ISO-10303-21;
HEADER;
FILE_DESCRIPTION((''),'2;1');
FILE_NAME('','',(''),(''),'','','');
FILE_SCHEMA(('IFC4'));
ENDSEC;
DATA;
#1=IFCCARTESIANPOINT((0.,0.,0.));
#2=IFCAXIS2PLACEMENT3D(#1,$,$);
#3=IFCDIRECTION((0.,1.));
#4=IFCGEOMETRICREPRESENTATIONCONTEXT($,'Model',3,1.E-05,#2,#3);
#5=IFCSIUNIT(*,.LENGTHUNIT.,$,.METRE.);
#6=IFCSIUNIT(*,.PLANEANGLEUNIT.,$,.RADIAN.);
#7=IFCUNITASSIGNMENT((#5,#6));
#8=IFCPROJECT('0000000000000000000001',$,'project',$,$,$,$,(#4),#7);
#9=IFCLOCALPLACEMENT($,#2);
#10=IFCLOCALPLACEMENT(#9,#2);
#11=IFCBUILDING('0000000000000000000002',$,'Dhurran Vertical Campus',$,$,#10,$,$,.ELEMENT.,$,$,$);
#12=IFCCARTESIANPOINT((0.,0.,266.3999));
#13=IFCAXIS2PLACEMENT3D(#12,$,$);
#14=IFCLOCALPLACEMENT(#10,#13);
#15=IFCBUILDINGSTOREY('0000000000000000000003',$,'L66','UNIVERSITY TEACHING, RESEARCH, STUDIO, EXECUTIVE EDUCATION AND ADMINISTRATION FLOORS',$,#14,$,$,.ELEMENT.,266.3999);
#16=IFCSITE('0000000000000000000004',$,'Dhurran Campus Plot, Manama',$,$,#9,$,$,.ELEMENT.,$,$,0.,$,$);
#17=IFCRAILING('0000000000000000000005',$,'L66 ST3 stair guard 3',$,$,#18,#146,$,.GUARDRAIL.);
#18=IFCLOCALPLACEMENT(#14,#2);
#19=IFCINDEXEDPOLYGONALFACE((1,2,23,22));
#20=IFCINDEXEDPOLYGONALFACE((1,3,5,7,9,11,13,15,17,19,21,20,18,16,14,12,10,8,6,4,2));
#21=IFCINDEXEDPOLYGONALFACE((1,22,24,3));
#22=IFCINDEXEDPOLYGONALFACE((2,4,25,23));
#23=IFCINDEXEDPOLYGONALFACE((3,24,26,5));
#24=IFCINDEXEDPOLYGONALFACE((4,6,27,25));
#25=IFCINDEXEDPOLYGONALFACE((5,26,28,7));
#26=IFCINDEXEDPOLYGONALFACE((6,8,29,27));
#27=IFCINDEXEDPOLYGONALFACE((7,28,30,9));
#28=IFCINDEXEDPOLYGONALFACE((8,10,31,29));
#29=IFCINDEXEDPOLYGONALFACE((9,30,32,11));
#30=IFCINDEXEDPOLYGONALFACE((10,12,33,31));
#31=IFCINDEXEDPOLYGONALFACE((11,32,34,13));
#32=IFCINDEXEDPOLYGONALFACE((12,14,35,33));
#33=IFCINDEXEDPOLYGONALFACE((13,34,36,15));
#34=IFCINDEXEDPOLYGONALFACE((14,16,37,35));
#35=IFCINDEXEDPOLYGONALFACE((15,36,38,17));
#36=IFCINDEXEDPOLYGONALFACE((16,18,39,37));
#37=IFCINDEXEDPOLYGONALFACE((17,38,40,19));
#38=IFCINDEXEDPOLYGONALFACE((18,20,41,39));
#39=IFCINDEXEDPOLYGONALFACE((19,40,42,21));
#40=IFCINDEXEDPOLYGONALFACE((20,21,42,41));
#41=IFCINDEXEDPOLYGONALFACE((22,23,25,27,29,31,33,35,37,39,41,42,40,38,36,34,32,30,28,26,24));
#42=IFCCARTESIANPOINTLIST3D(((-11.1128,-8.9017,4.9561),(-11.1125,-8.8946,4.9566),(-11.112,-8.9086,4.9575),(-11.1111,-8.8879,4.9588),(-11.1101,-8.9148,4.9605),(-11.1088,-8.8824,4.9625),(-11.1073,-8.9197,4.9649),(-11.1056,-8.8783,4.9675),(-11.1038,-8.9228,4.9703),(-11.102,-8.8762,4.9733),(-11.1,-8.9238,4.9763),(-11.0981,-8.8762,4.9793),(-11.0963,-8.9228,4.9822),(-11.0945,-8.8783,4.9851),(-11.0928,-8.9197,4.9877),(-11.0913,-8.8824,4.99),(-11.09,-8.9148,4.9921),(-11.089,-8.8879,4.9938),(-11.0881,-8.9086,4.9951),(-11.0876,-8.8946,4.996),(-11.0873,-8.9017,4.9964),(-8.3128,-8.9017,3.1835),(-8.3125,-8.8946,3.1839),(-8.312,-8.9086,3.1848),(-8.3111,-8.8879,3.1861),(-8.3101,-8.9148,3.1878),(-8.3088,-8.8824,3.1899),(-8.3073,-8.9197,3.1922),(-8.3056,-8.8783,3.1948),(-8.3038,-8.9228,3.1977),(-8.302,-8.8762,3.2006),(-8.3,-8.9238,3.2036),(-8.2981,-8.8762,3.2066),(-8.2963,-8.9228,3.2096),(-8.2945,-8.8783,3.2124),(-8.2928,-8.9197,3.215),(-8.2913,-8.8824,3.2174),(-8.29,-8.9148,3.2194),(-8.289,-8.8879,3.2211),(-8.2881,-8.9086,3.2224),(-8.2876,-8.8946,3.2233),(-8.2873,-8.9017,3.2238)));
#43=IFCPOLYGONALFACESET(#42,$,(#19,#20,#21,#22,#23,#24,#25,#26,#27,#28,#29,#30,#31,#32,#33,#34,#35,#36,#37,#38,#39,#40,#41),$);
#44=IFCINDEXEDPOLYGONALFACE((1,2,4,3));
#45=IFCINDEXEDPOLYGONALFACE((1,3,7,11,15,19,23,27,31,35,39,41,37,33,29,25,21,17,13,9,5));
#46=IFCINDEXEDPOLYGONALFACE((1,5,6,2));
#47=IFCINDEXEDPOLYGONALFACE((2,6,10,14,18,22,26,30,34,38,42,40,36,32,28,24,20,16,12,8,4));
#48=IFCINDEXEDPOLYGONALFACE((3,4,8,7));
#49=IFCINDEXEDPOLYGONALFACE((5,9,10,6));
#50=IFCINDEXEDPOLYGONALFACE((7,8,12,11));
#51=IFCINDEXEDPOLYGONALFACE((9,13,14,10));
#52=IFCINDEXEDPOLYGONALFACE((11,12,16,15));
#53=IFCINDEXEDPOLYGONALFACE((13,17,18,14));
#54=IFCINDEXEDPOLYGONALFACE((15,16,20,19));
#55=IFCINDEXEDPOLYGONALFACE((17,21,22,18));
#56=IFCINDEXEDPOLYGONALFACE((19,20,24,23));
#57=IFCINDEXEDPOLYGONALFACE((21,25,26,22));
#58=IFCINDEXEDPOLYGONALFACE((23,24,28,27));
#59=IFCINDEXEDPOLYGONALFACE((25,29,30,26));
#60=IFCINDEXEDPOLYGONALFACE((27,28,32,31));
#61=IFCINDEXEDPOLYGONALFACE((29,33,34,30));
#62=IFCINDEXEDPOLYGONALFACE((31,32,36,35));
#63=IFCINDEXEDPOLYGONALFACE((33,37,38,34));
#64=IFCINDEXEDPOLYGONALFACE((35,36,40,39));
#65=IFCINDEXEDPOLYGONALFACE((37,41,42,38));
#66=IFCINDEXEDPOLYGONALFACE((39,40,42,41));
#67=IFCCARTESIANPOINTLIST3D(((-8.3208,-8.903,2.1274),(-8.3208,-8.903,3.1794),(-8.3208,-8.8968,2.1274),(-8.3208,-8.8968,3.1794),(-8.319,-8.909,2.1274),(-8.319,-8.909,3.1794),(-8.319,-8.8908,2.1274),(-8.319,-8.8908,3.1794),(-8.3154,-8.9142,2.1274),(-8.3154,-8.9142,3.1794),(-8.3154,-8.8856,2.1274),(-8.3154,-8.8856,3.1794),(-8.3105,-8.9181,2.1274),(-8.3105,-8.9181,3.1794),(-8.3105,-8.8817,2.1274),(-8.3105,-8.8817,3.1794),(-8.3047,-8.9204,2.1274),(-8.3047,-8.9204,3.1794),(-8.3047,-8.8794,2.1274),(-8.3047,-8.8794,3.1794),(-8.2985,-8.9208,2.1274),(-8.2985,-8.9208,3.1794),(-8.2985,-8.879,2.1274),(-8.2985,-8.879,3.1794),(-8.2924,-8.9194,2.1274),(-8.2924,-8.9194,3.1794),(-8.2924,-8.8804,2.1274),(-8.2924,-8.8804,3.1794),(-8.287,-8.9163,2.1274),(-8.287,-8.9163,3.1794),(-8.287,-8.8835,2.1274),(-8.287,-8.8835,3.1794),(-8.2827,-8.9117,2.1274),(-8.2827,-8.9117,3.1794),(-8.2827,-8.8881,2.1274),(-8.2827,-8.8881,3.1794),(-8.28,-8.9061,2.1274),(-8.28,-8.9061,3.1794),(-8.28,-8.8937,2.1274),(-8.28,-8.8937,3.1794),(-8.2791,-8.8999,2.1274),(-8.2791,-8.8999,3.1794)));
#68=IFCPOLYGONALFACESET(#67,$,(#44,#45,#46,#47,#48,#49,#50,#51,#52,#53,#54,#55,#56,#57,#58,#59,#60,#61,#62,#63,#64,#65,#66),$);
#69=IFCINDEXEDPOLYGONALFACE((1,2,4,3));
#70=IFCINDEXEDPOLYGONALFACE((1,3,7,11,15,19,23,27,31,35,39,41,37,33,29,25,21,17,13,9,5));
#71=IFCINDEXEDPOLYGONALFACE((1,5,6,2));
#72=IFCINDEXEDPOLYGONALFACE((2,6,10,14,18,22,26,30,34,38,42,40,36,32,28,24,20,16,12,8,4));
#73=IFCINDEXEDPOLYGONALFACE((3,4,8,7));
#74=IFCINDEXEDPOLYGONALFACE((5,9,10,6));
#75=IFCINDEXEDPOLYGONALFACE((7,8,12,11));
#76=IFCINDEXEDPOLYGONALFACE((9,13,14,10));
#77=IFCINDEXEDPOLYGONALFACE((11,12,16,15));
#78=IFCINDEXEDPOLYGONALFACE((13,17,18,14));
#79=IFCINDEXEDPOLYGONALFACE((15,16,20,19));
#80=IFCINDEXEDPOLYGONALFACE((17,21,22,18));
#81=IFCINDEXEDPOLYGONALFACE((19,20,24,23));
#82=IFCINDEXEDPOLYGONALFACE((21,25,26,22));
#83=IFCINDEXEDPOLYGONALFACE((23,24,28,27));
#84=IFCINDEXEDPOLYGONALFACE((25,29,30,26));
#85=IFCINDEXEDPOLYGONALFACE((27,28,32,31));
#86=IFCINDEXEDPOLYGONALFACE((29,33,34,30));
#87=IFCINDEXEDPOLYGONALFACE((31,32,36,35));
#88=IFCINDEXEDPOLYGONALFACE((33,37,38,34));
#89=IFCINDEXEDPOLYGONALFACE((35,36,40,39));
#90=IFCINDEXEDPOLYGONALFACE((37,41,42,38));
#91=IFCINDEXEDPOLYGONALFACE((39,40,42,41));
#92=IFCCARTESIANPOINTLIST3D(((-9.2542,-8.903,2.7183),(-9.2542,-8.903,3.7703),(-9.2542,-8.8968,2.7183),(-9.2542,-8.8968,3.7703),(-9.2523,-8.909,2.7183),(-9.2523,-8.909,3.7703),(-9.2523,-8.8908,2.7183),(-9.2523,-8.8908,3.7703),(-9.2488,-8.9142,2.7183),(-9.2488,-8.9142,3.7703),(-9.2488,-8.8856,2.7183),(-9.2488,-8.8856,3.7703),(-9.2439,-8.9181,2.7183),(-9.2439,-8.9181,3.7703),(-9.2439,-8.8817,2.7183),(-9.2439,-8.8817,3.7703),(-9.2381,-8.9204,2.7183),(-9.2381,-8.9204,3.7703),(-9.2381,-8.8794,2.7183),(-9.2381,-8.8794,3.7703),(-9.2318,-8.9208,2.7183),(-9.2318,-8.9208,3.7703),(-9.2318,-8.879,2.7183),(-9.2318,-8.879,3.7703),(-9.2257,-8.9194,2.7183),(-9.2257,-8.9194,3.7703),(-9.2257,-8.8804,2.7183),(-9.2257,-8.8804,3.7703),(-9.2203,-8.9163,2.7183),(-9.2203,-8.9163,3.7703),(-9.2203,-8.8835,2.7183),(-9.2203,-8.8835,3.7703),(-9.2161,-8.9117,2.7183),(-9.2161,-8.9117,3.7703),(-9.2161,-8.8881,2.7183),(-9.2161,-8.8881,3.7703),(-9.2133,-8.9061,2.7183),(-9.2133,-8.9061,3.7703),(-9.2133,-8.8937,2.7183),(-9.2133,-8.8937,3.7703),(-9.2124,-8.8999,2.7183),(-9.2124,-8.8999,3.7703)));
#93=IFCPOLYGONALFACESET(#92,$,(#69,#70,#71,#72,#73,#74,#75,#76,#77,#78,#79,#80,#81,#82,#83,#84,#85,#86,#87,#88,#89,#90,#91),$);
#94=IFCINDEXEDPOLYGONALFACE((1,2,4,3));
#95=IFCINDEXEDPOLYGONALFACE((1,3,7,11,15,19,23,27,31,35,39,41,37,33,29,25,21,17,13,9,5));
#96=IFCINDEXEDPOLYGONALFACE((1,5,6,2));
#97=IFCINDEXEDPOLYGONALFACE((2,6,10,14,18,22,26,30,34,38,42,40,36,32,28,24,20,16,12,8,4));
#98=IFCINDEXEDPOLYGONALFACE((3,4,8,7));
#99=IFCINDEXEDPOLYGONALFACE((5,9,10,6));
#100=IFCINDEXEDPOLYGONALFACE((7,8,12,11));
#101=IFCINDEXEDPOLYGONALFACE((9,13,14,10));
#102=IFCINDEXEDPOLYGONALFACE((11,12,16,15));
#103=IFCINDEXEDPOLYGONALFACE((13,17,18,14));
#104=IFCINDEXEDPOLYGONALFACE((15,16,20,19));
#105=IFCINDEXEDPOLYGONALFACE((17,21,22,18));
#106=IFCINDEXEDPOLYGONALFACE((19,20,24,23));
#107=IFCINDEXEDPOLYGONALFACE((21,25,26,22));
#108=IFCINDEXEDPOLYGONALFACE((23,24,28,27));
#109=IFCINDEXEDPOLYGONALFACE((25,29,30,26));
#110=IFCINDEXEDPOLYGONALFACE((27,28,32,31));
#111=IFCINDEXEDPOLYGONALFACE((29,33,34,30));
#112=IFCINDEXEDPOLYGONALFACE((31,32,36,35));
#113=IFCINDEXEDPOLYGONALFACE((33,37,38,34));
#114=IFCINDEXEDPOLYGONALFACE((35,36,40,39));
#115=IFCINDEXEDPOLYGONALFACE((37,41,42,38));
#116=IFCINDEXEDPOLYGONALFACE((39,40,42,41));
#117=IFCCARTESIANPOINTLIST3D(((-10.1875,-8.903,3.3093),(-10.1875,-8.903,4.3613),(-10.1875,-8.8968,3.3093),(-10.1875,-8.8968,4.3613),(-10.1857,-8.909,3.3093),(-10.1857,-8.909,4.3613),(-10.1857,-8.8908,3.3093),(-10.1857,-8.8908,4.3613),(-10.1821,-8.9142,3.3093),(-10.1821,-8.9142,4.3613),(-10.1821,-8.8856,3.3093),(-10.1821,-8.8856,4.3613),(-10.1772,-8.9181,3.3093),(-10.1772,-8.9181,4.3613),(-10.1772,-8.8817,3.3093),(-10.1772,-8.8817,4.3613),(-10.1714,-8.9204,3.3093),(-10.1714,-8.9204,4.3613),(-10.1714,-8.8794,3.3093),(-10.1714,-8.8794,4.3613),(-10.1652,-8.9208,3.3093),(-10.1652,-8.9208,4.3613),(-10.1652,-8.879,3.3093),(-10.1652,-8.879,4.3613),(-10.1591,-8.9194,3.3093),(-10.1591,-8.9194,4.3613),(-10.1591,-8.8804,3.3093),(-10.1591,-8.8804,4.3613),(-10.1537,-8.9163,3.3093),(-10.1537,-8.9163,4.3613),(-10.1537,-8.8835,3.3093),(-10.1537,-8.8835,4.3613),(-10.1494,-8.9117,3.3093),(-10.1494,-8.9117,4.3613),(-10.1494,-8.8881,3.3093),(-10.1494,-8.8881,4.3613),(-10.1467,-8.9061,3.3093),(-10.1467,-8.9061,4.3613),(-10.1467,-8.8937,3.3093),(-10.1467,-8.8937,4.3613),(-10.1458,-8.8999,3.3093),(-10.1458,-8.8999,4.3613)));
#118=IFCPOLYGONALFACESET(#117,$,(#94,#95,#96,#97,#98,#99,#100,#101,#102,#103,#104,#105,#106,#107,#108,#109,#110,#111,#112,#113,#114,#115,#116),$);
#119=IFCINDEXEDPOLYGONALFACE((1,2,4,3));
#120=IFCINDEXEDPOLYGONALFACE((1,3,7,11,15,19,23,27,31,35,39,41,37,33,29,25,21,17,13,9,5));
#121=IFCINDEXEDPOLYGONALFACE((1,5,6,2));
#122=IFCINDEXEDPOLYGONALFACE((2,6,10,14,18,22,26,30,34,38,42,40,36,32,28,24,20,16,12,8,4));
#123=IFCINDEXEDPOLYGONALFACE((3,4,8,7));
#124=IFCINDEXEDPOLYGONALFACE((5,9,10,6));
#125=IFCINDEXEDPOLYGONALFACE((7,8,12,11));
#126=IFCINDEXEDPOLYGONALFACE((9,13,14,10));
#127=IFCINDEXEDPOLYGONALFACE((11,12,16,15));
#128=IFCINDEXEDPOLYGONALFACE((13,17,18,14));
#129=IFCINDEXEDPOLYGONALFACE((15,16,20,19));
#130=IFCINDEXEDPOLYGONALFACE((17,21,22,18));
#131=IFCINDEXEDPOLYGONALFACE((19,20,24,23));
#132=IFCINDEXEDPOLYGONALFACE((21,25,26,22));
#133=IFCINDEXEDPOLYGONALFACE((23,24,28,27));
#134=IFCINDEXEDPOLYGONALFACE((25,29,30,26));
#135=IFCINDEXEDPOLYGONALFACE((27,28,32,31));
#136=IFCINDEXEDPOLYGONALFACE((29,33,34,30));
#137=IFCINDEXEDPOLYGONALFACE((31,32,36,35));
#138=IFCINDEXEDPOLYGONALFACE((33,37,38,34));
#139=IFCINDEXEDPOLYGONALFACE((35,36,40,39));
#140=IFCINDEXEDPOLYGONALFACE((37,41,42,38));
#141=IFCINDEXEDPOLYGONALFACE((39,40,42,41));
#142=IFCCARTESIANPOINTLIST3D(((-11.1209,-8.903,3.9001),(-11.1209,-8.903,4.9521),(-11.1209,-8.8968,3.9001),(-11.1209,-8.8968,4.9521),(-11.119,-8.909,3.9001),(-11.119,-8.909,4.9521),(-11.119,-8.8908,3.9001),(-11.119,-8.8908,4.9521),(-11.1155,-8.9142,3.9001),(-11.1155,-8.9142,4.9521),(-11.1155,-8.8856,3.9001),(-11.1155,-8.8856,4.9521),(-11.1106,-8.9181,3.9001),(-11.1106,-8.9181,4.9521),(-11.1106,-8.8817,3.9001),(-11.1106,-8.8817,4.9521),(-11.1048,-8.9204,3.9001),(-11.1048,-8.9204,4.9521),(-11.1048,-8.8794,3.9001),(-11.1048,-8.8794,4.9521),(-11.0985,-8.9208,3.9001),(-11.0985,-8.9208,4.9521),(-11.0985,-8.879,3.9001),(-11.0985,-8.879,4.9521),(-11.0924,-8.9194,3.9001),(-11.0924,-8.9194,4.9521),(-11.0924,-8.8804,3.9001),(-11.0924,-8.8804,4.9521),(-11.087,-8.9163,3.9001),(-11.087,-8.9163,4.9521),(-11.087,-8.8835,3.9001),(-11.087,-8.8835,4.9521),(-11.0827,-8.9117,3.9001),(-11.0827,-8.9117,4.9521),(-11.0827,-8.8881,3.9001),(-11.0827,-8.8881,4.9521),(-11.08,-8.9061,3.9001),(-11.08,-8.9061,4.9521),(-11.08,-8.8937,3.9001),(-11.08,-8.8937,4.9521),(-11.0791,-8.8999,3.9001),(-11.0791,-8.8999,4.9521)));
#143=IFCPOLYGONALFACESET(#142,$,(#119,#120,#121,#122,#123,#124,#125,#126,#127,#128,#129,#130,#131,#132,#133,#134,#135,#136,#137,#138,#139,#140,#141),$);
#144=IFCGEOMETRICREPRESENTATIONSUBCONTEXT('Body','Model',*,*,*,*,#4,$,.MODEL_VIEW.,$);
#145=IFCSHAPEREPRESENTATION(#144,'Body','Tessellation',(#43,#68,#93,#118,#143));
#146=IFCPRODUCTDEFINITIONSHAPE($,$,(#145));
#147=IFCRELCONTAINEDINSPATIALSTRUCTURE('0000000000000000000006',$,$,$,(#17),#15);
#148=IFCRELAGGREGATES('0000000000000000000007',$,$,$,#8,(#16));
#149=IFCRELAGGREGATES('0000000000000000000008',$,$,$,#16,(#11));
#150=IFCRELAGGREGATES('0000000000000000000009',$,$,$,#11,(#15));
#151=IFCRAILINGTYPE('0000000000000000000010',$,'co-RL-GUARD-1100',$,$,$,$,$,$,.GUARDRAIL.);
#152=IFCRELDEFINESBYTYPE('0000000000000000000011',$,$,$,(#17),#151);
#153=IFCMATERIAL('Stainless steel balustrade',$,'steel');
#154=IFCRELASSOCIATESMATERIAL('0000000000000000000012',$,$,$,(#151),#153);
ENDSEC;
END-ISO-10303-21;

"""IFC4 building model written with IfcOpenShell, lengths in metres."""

from ifc_helpers import new_model, si_unit, direction, frame, origin, origin_2d, place, context, subcontext, project, spatial, circle, extrude, material, type_object, element, save


model = new_model("IFC4")

# Units and contexts
model_context = context("Model", 3, precision=1e-05, world=origin(), true_north=direction((0.0, 1.0)))
body_context = subcontext(model_context, "Body", "Model", "MODEL_VIEW")
ifc_project = project(units=[si_unit("LENGTHUNIT", "METRE"), si_unit("PLANEANGLEUNIT", "RADIAN")], contexts=[model_context])

# Site, building, storey
site_placement = place(None, origin())
site = spatial("IfcSite", under=ifc_project, at=site_placement, Name="Dhurran Campus Plot, Manama", CompositionType="ELEMENT", RefElevation=0.0)
building_placement = place(site_placement, origin())
building = spatial("IfcBuilding", under=site, at=building_placement, Name="Dhurran Vertical Campus", CompositionType="ELEMENT")
storey_placement = place(building_placement, frame((0.0, 0.0, 266.3999)))
storey = spatial("IfcBuildingStorey", under=building, at=storey_placement, Name="L66", Description="UNIVERSITY TEACHING, RESEARCH, STUDIO, EXECUTIVE EDUCATION AND ADMINISTRATION FLOORS", CompositionType="ELEMENT", Elevation=266.3999)

# Railing
ifc_material_1 = material(Name="Stainless steel balustrade", Category="steel")
railing_type_1 = type_object("IfcRailingType", Name="co-RL-GUARD-1100", PredefinedType="GUARDRAIL", material=ifc_material_1)
railing_1_placement = place(storey_placement, frame((-8.3, -8.8999, 2.1274)))
element("IfcRailing", 1, at=railing_1_placement, inside=storey, type_object=railing_type_1, Name="L66 ST3 stair guard 3", PredefinedType="GUARDRAIL", context=body_context, shape_type="SweptSolid", body=[
    extrude(circle(Radius=0.0239, at=origin_2d()), frame((0.0, 0.0, 1.0762), z_axis=(-0.844909, 0.0, 0.53491), x_axis=(0.0, -1.0, 0.0)), (0.0, 0.0, 1.0), 3.314),
    extrude(circle(Radius=0.021, at=origin_2d()), origin(), (0.0, 0.0, 1.0), 1.052),
    extrude(circle(Radius=0.021, at=origin_2d()), frame((-0.9333, 0.0, 0.5908)), (0.0, 0.0, 1.0), 1.052),
    extrude(circle(Radius=0.021, at=origin_2d()), frame((-1.8667, 0.0, 1.1819)), (0.0, 0.0, 1.0), 1.052),
    extrude(circle(Radius=0.021, at=origin_2d()), frame((-2.8, 0.0, 1.7727)), (0.0, 0.0, 1.0), 1.052),
])

save(model, "model.ifc")
